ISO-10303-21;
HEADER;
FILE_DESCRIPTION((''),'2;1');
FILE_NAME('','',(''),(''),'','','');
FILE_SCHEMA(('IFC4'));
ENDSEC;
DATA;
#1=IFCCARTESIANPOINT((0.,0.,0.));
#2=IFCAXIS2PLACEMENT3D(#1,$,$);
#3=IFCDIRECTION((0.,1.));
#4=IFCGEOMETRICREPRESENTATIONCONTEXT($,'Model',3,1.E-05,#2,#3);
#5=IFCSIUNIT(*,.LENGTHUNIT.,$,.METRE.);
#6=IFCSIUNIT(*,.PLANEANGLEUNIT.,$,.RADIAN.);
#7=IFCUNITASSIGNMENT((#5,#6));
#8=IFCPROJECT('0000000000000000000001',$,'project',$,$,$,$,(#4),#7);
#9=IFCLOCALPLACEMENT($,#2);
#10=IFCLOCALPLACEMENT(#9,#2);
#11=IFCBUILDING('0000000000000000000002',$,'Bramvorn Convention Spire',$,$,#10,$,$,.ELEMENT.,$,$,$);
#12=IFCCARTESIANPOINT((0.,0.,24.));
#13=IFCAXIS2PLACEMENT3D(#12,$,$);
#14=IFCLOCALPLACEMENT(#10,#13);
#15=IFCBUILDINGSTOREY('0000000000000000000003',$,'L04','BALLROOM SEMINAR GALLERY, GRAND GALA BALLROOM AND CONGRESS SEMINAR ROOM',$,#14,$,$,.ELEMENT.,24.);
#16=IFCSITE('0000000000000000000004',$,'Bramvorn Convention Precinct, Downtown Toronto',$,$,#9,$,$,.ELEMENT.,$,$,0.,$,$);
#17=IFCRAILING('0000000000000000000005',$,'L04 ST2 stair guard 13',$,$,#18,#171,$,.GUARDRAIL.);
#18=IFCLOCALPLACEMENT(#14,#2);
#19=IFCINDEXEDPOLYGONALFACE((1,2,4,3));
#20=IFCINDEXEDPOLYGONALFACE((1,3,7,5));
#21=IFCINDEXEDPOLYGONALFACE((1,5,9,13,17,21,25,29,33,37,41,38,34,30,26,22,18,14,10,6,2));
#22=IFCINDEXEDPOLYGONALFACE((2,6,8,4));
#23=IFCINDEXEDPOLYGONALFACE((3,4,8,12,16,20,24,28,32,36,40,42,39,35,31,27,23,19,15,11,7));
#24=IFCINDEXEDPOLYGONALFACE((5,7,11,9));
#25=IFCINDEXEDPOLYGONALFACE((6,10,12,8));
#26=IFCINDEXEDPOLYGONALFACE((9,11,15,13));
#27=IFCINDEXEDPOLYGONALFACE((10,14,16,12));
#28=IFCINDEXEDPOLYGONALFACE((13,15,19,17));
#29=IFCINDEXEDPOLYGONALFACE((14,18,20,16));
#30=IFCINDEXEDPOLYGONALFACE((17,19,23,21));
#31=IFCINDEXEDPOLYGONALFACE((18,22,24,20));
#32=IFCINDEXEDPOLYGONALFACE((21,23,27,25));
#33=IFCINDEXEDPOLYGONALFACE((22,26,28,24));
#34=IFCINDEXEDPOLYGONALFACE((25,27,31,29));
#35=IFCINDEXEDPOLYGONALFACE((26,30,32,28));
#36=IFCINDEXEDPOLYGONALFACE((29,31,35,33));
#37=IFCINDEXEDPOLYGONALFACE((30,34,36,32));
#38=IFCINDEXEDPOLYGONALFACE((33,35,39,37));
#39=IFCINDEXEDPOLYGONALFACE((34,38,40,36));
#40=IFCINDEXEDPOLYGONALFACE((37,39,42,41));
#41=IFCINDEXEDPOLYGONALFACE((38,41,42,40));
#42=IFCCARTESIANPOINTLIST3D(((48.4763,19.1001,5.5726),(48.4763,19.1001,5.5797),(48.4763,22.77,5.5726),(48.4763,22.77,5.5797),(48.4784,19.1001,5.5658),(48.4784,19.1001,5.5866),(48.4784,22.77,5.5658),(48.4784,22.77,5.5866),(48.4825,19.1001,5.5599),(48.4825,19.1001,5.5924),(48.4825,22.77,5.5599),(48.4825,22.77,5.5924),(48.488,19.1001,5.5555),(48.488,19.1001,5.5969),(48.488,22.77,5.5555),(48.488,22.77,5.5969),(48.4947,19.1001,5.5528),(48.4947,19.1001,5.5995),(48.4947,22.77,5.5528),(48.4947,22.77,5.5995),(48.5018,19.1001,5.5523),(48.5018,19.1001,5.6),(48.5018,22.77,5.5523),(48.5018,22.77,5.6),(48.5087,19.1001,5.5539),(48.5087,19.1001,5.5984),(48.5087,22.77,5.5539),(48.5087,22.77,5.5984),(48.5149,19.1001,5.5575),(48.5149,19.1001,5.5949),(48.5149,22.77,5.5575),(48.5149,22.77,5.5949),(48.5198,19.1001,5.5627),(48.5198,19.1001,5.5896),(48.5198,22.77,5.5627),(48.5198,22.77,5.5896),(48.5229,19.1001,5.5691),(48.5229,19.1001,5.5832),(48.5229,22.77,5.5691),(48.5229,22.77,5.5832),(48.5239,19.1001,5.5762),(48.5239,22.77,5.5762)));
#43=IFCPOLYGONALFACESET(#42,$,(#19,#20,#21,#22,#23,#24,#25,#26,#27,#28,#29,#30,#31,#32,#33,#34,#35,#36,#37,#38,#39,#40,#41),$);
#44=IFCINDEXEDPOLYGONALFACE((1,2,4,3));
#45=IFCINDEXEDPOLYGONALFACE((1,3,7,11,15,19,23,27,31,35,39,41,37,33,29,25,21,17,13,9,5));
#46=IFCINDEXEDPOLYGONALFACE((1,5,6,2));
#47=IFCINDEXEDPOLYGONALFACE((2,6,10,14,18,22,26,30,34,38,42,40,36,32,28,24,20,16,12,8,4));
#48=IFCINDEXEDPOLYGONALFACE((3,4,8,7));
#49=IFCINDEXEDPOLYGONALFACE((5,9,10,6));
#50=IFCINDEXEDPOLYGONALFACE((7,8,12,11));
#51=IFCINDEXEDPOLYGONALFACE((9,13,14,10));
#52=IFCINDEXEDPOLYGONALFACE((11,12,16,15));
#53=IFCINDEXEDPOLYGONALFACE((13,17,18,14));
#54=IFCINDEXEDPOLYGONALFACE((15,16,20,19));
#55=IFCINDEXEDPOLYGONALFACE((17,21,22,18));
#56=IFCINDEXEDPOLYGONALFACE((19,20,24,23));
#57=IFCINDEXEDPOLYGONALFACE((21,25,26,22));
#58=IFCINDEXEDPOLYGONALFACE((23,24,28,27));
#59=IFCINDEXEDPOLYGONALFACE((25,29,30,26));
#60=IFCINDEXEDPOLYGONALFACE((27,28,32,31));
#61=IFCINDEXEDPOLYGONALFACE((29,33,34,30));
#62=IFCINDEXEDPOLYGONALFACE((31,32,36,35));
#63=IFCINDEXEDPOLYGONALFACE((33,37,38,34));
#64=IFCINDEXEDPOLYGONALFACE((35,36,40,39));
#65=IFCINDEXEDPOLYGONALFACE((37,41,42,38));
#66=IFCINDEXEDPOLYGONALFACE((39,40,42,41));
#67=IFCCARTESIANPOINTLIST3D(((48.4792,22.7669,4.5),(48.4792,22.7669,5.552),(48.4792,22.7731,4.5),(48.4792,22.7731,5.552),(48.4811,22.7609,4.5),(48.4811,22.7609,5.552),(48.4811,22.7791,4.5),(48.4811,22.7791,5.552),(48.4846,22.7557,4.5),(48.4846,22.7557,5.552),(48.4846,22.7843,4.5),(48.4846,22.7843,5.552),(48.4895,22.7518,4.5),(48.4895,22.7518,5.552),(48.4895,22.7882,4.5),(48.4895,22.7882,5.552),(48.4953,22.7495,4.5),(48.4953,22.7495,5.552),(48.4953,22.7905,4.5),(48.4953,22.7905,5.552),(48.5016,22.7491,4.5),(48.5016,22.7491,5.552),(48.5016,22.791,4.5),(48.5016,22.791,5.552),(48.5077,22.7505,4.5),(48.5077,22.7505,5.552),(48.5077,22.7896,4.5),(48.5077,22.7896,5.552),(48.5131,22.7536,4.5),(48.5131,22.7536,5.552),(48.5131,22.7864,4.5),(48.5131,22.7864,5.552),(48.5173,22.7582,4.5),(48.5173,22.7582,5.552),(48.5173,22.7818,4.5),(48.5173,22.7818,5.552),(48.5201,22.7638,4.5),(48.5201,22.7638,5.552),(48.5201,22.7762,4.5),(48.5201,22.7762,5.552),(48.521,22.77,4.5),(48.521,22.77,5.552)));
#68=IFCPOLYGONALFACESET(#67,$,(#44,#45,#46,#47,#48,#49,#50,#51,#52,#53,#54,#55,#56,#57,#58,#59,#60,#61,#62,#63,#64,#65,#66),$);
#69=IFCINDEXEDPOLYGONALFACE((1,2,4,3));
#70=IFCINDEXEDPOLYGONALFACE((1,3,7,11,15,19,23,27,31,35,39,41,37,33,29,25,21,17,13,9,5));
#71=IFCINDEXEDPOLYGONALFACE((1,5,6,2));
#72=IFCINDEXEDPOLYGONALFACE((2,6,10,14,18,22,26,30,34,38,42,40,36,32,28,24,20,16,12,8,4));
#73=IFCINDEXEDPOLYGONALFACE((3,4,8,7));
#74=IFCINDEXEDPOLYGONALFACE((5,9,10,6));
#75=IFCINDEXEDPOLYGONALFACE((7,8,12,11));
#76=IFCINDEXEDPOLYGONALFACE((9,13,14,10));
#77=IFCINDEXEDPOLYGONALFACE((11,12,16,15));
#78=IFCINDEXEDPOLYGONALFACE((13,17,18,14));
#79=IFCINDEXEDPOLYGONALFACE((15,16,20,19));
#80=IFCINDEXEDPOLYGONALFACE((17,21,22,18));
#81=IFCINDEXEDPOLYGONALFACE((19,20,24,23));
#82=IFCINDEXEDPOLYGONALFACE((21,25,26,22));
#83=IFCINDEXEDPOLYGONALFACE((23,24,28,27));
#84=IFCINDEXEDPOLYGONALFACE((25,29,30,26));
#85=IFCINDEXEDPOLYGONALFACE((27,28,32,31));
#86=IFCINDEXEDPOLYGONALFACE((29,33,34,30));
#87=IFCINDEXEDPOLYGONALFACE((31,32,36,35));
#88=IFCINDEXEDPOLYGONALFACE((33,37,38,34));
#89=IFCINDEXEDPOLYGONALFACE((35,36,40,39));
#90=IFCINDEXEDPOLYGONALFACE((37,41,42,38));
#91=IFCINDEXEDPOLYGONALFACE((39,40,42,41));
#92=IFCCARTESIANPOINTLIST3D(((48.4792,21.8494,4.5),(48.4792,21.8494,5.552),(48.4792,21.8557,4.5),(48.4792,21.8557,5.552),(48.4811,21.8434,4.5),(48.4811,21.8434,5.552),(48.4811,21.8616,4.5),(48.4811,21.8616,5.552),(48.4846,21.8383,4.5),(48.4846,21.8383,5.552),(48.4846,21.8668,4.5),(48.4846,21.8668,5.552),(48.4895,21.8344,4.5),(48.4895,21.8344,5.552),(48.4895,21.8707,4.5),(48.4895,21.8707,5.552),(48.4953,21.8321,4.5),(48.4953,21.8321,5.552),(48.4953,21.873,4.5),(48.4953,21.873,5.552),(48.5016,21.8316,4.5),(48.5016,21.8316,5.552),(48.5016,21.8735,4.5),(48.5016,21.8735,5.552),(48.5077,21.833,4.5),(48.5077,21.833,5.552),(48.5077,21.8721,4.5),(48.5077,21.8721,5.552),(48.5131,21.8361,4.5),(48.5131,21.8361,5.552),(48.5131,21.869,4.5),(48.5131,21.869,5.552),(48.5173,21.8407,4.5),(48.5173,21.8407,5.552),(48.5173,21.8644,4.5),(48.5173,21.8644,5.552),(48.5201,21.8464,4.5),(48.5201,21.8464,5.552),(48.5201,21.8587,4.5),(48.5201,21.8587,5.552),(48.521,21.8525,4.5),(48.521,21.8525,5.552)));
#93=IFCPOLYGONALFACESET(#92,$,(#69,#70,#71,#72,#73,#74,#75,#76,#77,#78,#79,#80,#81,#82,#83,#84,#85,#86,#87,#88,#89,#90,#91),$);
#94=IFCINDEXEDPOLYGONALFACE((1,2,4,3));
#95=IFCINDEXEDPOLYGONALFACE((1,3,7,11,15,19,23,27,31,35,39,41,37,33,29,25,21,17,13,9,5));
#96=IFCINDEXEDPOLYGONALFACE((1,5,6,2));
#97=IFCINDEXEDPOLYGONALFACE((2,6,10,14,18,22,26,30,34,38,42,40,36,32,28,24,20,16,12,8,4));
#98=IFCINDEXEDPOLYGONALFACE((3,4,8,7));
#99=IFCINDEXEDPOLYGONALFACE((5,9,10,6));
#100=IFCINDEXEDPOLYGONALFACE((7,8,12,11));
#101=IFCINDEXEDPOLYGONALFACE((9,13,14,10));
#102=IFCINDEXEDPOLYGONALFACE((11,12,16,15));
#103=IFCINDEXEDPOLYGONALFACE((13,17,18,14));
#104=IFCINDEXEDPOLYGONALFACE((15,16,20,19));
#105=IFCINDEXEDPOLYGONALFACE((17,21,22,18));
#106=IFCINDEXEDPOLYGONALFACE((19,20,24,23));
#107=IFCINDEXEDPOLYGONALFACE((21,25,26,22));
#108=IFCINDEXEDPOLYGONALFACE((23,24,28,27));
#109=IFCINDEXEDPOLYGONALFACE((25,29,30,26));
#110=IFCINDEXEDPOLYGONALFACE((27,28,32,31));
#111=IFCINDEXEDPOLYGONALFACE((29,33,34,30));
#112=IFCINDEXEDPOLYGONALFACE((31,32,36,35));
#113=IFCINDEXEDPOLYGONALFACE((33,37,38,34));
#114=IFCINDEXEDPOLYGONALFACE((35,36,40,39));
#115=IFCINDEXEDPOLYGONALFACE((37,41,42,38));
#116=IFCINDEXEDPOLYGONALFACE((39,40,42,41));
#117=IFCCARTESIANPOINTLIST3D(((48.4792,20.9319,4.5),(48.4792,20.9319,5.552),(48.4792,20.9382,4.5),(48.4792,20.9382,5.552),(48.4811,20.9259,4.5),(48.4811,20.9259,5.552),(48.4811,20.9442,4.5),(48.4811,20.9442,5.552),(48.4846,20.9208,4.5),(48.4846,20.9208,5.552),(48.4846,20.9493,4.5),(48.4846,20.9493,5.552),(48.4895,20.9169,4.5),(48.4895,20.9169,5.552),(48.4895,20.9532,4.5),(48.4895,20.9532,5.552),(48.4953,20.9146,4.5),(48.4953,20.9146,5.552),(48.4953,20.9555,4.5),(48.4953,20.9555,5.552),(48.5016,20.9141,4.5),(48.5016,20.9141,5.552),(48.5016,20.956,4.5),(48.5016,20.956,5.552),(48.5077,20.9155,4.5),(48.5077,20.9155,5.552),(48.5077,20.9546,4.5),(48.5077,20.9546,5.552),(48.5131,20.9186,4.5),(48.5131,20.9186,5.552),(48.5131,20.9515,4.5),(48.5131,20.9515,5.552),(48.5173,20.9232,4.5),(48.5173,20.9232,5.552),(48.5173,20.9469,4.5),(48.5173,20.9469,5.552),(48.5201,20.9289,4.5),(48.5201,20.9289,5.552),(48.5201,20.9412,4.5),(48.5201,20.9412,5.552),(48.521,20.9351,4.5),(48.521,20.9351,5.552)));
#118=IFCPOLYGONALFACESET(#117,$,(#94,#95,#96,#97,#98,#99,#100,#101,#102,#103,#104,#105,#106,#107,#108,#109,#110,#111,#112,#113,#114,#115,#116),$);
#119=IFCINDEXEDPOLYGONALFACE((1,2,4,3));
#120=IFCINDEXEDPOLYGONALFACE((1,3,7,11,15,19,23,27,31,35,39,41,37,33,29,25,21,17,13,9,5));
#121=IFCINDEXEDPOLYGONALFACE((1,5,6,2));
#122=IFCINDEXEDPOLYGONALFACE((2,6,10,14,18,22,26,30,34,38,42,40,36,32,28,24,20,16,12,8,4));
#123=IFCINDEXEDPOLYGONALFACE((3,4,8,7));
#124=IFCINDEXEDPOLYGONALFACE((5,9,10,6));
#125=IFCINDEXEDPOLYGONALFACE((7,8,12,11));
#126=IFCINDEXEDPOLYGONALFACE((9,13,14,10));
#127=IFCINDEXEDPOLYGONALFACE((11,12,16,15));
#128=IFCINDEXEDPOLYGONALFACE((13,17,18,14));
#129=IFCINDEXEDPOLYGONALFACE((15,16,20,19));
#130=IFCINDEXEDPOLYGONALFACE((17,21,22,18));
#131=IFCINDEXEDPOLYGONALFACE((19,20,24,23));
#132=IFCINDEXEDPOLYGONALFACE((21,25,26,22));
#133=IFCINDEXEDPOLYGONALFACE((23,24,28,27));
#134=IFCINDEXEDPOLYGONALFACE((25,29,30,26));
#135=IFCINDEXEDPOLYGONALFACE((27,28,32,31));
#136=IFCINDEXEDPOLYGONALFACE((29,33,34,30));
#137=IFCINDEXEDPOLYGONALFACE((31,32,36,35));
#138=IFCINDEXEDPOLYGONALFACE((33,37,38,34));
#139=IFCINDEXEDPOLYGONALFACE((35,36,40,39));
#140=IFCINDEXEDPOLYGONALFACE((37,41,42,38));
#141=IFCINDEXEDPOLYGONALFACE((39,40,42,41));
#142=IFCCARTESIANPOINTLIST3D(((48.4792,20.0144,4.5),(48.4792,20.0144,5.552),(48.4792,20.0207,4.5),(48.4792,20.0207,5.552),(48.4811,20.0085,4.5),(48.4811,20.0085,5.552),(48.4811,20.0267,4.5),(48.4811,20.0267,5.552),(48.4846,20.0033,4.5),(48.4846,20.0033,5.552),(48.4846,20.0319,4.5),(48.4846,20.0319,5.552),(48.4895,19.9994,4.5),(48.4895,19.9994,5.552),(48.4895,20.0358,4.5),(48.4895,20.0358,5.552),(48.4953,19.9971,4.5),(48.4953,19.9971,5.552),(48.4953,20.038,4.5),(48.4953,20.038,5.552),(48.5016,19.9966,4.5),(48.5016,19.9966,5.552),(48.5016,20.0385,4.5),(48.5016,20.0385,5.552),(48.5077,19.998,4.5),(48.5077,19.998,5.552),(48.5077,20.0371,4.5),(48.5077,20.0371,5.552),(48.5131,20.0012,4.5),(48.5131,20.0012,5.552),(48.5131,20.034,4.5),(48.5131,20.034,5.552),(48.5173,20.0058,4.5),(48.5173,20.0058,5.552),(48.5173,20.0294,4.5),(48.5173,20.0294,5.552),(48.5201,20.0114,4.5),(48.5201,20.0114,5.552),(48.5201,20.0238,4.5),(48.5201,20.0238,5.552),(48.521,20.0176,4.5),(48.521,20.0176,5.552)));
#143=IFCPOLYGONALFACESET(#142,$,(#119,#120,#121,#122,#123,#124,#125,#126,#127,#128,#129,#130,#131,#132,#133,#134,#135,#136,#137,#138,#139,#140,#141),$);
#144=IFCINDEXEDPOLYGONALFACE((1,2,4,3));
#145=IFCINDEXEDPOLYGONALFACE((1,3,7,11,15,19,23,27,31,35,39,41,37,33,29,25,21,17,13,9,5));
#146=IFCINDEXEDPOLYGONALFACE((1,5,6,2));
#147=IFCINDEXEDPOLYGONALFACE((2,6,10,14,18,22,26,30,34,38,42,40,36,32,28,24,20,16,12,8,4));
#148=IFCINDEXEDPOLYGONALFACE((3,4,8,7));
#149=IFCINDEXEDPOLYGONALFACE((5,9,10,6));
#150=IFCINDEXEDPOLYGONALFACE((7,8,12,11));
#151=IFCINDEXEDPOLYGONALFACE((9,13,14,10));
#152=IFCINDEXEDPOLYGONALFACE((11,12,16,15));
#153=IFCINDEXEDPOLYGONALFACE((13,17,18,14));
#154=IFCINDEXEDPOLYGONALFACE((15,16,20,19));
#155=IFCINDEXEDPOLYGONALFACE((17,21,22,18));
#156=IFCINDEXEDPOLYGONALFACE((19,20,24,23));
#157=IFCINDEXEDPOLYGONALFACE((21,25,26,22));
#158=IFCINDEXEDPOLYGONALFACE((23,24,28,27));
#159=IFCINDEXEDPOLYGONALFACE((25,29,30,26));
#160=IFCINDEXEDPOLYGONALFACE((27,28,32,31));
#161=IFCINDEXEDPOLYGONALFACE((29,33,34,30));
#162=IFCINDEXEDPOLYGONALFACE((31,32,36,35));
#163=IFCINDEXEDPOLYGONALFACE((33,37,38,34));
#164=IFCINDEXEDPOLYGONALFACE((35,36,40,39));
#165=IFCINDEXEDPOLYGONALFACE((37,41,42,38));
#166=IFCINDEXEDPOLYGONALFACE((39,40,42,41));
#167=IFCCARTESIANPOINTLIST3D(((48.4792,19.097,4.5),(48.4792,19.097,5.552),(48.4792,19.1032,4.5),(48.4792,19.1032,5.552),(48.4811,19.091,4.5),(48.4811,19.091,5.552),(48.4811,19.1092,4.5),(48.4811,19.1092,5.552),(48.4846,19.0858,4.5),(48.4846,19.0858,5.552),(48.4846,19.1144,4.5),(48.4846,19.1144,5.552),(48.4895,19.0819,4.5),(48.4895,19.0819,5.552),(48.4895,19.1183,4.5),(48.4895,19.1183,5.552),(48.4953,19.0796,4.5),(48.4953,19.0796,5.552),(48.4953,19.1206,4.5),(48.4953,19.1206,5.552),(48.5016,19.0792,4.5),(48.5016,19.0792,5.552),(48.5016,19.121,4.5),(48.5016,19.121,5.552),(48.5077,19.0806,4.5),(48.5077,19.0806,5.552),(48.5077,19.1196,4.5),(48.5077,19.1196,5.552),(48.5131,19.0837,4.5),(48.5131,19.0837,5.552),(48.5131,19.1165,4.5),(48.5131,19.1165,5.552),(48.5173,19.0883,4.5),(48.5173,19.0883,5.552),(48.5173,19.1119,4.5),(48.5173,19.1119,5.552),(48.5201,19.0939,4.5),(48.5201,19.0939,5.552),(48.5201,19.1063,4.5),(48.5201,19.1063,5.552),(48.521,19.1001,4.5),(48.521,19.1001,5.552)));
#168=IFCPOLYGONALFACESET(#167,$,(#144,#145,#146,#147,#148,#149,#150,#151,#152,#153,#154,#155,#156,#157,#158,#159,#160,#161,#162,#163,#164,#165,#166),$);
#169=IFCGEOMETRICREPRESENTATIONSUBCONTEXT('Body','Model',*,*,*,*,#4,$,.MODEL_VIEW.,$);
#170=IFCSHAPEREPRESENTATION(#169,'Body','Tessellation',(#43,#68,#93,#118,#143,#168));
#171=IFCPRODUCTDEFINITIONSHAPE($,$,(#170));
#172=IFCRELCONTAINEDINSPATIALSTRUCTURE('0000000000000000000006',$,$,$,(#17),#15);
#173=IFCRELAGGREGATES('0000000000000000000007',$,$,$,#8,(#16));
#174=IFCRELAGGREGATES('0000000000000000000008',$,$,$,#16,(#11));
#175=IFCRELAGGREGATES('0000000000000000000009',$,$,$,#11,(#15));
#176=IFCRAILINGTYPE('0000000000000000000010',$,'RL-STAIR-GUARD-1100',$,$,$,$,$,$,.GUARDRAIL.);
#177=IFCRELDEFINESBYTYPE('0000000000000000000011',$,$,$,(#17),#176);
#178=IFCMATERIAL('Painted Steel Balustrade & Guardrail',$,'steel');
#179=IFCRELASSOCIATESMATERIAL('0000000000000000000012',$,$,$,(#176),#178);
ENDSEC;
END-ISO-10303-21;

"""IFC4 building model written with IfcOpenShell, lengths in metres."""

from ifc_helpers import new_model, si_unit, direction, frame, origin, origin_2d, place, context, subcontext, project, spatial, circle, extrude, material, type_object, element, save


model = new_model("IFC4")

# Units and contexts
model_context = context("Model", 3, precision=1e-05, world=origin(), true_north=direction((0.0, 1.0)))
body_context = subcontext(model_context, "Body", "Model", "MODEL_VIEW")
ifc_project = project(units=[si_unit("LENGTHUNIT", "METRE"), si_unit("PLANEANGLEUNIT", "RADIAN")], contexts=[model_context])

# Site, building, storey
site_placement = place(None, origin())
site = spatial("IfcSite", under=ifc_project, at=site_placement, Name="Bramvorn Convention Precinct, Downtown Toronto", CompositionType="ELEMENT", RefElevation=0.0)
building_placement = place(site_placement, origin())
building = spatial("IfcBuilding", under=site, at=building_placement, Name="Bramvorn Convention Spire", CompositionType="ELEMENT")
storey_placement = place(building_placement, frame((0.0, 0.0, 24.0)))
storey = spatial("IfcBuildingStorey", under=building, at=storey_placement, Name="L04", Description="BALLROOM SEMINAR GALLERY, GRAND GALA BALLROOM AND CONGRESS SEMINAR ROOM", CompositionType="ELEMENT", Elevation=24.0)

# Railing
ifc_material_1 = material(Name="Painted Steel Balustrade & Guardrail", Category="steel")
railing_type_1 = type_object("IfcRailingType", Name="RL-STAIR-GUARD-1100", PredefinedType="GUARDRAIL", material=ifc_material_1)
for number, where, name in (
    (1, (48.5, 22.77, 4.5), "L04 ST2 stair guard 13"),
):
    element("IfcRailing", number, at=place(storey_placement, frame(where)), inside=storey, type_object=railing_type_1, Name=name, PredefinedType="GUARDRAIL", context=body_context, shape_type="SweptSolid", body=[
        extrude(circle(Radius=0.0239, at=origin_2d()), frame((0.0, 0.0, 1.0762), z_axis=(0.0, -1.0, 0.0), x_axis=(1.0, 0.0, 0.0)), (0.0, 0.0, 1.0), 3.6699),
        extrude(circle(Radius=0.021, at=origin_2d()), origin(), (0.0, 0.0, 1.0), 1.052),
        extrude(circle(Radius=0.021, at=origin_2d()), frame((0.0, -0.9175, 0.0)), (0.0, 0.0, 1.0), 1.052),
        extrude(circle(Radius=0.021, at=origin_2d()), frame((0.0, -1.835, 0.0)), (0.0, 0.0, 1.0), 1.052),
        extrude(circle(Radius=0.021, at=origin_2d()), frame((0.0, -2.7524, 0.0)), (0.0, 0.0, 1.0), 1.052),
        extrude(circle(Radius=0.021, at=origin_2d()), frame((0.0, -3.6699, 0.0)), (0.0, 0.0, 1.0), 1.052),
    ])

save(model, "model.ifc")
